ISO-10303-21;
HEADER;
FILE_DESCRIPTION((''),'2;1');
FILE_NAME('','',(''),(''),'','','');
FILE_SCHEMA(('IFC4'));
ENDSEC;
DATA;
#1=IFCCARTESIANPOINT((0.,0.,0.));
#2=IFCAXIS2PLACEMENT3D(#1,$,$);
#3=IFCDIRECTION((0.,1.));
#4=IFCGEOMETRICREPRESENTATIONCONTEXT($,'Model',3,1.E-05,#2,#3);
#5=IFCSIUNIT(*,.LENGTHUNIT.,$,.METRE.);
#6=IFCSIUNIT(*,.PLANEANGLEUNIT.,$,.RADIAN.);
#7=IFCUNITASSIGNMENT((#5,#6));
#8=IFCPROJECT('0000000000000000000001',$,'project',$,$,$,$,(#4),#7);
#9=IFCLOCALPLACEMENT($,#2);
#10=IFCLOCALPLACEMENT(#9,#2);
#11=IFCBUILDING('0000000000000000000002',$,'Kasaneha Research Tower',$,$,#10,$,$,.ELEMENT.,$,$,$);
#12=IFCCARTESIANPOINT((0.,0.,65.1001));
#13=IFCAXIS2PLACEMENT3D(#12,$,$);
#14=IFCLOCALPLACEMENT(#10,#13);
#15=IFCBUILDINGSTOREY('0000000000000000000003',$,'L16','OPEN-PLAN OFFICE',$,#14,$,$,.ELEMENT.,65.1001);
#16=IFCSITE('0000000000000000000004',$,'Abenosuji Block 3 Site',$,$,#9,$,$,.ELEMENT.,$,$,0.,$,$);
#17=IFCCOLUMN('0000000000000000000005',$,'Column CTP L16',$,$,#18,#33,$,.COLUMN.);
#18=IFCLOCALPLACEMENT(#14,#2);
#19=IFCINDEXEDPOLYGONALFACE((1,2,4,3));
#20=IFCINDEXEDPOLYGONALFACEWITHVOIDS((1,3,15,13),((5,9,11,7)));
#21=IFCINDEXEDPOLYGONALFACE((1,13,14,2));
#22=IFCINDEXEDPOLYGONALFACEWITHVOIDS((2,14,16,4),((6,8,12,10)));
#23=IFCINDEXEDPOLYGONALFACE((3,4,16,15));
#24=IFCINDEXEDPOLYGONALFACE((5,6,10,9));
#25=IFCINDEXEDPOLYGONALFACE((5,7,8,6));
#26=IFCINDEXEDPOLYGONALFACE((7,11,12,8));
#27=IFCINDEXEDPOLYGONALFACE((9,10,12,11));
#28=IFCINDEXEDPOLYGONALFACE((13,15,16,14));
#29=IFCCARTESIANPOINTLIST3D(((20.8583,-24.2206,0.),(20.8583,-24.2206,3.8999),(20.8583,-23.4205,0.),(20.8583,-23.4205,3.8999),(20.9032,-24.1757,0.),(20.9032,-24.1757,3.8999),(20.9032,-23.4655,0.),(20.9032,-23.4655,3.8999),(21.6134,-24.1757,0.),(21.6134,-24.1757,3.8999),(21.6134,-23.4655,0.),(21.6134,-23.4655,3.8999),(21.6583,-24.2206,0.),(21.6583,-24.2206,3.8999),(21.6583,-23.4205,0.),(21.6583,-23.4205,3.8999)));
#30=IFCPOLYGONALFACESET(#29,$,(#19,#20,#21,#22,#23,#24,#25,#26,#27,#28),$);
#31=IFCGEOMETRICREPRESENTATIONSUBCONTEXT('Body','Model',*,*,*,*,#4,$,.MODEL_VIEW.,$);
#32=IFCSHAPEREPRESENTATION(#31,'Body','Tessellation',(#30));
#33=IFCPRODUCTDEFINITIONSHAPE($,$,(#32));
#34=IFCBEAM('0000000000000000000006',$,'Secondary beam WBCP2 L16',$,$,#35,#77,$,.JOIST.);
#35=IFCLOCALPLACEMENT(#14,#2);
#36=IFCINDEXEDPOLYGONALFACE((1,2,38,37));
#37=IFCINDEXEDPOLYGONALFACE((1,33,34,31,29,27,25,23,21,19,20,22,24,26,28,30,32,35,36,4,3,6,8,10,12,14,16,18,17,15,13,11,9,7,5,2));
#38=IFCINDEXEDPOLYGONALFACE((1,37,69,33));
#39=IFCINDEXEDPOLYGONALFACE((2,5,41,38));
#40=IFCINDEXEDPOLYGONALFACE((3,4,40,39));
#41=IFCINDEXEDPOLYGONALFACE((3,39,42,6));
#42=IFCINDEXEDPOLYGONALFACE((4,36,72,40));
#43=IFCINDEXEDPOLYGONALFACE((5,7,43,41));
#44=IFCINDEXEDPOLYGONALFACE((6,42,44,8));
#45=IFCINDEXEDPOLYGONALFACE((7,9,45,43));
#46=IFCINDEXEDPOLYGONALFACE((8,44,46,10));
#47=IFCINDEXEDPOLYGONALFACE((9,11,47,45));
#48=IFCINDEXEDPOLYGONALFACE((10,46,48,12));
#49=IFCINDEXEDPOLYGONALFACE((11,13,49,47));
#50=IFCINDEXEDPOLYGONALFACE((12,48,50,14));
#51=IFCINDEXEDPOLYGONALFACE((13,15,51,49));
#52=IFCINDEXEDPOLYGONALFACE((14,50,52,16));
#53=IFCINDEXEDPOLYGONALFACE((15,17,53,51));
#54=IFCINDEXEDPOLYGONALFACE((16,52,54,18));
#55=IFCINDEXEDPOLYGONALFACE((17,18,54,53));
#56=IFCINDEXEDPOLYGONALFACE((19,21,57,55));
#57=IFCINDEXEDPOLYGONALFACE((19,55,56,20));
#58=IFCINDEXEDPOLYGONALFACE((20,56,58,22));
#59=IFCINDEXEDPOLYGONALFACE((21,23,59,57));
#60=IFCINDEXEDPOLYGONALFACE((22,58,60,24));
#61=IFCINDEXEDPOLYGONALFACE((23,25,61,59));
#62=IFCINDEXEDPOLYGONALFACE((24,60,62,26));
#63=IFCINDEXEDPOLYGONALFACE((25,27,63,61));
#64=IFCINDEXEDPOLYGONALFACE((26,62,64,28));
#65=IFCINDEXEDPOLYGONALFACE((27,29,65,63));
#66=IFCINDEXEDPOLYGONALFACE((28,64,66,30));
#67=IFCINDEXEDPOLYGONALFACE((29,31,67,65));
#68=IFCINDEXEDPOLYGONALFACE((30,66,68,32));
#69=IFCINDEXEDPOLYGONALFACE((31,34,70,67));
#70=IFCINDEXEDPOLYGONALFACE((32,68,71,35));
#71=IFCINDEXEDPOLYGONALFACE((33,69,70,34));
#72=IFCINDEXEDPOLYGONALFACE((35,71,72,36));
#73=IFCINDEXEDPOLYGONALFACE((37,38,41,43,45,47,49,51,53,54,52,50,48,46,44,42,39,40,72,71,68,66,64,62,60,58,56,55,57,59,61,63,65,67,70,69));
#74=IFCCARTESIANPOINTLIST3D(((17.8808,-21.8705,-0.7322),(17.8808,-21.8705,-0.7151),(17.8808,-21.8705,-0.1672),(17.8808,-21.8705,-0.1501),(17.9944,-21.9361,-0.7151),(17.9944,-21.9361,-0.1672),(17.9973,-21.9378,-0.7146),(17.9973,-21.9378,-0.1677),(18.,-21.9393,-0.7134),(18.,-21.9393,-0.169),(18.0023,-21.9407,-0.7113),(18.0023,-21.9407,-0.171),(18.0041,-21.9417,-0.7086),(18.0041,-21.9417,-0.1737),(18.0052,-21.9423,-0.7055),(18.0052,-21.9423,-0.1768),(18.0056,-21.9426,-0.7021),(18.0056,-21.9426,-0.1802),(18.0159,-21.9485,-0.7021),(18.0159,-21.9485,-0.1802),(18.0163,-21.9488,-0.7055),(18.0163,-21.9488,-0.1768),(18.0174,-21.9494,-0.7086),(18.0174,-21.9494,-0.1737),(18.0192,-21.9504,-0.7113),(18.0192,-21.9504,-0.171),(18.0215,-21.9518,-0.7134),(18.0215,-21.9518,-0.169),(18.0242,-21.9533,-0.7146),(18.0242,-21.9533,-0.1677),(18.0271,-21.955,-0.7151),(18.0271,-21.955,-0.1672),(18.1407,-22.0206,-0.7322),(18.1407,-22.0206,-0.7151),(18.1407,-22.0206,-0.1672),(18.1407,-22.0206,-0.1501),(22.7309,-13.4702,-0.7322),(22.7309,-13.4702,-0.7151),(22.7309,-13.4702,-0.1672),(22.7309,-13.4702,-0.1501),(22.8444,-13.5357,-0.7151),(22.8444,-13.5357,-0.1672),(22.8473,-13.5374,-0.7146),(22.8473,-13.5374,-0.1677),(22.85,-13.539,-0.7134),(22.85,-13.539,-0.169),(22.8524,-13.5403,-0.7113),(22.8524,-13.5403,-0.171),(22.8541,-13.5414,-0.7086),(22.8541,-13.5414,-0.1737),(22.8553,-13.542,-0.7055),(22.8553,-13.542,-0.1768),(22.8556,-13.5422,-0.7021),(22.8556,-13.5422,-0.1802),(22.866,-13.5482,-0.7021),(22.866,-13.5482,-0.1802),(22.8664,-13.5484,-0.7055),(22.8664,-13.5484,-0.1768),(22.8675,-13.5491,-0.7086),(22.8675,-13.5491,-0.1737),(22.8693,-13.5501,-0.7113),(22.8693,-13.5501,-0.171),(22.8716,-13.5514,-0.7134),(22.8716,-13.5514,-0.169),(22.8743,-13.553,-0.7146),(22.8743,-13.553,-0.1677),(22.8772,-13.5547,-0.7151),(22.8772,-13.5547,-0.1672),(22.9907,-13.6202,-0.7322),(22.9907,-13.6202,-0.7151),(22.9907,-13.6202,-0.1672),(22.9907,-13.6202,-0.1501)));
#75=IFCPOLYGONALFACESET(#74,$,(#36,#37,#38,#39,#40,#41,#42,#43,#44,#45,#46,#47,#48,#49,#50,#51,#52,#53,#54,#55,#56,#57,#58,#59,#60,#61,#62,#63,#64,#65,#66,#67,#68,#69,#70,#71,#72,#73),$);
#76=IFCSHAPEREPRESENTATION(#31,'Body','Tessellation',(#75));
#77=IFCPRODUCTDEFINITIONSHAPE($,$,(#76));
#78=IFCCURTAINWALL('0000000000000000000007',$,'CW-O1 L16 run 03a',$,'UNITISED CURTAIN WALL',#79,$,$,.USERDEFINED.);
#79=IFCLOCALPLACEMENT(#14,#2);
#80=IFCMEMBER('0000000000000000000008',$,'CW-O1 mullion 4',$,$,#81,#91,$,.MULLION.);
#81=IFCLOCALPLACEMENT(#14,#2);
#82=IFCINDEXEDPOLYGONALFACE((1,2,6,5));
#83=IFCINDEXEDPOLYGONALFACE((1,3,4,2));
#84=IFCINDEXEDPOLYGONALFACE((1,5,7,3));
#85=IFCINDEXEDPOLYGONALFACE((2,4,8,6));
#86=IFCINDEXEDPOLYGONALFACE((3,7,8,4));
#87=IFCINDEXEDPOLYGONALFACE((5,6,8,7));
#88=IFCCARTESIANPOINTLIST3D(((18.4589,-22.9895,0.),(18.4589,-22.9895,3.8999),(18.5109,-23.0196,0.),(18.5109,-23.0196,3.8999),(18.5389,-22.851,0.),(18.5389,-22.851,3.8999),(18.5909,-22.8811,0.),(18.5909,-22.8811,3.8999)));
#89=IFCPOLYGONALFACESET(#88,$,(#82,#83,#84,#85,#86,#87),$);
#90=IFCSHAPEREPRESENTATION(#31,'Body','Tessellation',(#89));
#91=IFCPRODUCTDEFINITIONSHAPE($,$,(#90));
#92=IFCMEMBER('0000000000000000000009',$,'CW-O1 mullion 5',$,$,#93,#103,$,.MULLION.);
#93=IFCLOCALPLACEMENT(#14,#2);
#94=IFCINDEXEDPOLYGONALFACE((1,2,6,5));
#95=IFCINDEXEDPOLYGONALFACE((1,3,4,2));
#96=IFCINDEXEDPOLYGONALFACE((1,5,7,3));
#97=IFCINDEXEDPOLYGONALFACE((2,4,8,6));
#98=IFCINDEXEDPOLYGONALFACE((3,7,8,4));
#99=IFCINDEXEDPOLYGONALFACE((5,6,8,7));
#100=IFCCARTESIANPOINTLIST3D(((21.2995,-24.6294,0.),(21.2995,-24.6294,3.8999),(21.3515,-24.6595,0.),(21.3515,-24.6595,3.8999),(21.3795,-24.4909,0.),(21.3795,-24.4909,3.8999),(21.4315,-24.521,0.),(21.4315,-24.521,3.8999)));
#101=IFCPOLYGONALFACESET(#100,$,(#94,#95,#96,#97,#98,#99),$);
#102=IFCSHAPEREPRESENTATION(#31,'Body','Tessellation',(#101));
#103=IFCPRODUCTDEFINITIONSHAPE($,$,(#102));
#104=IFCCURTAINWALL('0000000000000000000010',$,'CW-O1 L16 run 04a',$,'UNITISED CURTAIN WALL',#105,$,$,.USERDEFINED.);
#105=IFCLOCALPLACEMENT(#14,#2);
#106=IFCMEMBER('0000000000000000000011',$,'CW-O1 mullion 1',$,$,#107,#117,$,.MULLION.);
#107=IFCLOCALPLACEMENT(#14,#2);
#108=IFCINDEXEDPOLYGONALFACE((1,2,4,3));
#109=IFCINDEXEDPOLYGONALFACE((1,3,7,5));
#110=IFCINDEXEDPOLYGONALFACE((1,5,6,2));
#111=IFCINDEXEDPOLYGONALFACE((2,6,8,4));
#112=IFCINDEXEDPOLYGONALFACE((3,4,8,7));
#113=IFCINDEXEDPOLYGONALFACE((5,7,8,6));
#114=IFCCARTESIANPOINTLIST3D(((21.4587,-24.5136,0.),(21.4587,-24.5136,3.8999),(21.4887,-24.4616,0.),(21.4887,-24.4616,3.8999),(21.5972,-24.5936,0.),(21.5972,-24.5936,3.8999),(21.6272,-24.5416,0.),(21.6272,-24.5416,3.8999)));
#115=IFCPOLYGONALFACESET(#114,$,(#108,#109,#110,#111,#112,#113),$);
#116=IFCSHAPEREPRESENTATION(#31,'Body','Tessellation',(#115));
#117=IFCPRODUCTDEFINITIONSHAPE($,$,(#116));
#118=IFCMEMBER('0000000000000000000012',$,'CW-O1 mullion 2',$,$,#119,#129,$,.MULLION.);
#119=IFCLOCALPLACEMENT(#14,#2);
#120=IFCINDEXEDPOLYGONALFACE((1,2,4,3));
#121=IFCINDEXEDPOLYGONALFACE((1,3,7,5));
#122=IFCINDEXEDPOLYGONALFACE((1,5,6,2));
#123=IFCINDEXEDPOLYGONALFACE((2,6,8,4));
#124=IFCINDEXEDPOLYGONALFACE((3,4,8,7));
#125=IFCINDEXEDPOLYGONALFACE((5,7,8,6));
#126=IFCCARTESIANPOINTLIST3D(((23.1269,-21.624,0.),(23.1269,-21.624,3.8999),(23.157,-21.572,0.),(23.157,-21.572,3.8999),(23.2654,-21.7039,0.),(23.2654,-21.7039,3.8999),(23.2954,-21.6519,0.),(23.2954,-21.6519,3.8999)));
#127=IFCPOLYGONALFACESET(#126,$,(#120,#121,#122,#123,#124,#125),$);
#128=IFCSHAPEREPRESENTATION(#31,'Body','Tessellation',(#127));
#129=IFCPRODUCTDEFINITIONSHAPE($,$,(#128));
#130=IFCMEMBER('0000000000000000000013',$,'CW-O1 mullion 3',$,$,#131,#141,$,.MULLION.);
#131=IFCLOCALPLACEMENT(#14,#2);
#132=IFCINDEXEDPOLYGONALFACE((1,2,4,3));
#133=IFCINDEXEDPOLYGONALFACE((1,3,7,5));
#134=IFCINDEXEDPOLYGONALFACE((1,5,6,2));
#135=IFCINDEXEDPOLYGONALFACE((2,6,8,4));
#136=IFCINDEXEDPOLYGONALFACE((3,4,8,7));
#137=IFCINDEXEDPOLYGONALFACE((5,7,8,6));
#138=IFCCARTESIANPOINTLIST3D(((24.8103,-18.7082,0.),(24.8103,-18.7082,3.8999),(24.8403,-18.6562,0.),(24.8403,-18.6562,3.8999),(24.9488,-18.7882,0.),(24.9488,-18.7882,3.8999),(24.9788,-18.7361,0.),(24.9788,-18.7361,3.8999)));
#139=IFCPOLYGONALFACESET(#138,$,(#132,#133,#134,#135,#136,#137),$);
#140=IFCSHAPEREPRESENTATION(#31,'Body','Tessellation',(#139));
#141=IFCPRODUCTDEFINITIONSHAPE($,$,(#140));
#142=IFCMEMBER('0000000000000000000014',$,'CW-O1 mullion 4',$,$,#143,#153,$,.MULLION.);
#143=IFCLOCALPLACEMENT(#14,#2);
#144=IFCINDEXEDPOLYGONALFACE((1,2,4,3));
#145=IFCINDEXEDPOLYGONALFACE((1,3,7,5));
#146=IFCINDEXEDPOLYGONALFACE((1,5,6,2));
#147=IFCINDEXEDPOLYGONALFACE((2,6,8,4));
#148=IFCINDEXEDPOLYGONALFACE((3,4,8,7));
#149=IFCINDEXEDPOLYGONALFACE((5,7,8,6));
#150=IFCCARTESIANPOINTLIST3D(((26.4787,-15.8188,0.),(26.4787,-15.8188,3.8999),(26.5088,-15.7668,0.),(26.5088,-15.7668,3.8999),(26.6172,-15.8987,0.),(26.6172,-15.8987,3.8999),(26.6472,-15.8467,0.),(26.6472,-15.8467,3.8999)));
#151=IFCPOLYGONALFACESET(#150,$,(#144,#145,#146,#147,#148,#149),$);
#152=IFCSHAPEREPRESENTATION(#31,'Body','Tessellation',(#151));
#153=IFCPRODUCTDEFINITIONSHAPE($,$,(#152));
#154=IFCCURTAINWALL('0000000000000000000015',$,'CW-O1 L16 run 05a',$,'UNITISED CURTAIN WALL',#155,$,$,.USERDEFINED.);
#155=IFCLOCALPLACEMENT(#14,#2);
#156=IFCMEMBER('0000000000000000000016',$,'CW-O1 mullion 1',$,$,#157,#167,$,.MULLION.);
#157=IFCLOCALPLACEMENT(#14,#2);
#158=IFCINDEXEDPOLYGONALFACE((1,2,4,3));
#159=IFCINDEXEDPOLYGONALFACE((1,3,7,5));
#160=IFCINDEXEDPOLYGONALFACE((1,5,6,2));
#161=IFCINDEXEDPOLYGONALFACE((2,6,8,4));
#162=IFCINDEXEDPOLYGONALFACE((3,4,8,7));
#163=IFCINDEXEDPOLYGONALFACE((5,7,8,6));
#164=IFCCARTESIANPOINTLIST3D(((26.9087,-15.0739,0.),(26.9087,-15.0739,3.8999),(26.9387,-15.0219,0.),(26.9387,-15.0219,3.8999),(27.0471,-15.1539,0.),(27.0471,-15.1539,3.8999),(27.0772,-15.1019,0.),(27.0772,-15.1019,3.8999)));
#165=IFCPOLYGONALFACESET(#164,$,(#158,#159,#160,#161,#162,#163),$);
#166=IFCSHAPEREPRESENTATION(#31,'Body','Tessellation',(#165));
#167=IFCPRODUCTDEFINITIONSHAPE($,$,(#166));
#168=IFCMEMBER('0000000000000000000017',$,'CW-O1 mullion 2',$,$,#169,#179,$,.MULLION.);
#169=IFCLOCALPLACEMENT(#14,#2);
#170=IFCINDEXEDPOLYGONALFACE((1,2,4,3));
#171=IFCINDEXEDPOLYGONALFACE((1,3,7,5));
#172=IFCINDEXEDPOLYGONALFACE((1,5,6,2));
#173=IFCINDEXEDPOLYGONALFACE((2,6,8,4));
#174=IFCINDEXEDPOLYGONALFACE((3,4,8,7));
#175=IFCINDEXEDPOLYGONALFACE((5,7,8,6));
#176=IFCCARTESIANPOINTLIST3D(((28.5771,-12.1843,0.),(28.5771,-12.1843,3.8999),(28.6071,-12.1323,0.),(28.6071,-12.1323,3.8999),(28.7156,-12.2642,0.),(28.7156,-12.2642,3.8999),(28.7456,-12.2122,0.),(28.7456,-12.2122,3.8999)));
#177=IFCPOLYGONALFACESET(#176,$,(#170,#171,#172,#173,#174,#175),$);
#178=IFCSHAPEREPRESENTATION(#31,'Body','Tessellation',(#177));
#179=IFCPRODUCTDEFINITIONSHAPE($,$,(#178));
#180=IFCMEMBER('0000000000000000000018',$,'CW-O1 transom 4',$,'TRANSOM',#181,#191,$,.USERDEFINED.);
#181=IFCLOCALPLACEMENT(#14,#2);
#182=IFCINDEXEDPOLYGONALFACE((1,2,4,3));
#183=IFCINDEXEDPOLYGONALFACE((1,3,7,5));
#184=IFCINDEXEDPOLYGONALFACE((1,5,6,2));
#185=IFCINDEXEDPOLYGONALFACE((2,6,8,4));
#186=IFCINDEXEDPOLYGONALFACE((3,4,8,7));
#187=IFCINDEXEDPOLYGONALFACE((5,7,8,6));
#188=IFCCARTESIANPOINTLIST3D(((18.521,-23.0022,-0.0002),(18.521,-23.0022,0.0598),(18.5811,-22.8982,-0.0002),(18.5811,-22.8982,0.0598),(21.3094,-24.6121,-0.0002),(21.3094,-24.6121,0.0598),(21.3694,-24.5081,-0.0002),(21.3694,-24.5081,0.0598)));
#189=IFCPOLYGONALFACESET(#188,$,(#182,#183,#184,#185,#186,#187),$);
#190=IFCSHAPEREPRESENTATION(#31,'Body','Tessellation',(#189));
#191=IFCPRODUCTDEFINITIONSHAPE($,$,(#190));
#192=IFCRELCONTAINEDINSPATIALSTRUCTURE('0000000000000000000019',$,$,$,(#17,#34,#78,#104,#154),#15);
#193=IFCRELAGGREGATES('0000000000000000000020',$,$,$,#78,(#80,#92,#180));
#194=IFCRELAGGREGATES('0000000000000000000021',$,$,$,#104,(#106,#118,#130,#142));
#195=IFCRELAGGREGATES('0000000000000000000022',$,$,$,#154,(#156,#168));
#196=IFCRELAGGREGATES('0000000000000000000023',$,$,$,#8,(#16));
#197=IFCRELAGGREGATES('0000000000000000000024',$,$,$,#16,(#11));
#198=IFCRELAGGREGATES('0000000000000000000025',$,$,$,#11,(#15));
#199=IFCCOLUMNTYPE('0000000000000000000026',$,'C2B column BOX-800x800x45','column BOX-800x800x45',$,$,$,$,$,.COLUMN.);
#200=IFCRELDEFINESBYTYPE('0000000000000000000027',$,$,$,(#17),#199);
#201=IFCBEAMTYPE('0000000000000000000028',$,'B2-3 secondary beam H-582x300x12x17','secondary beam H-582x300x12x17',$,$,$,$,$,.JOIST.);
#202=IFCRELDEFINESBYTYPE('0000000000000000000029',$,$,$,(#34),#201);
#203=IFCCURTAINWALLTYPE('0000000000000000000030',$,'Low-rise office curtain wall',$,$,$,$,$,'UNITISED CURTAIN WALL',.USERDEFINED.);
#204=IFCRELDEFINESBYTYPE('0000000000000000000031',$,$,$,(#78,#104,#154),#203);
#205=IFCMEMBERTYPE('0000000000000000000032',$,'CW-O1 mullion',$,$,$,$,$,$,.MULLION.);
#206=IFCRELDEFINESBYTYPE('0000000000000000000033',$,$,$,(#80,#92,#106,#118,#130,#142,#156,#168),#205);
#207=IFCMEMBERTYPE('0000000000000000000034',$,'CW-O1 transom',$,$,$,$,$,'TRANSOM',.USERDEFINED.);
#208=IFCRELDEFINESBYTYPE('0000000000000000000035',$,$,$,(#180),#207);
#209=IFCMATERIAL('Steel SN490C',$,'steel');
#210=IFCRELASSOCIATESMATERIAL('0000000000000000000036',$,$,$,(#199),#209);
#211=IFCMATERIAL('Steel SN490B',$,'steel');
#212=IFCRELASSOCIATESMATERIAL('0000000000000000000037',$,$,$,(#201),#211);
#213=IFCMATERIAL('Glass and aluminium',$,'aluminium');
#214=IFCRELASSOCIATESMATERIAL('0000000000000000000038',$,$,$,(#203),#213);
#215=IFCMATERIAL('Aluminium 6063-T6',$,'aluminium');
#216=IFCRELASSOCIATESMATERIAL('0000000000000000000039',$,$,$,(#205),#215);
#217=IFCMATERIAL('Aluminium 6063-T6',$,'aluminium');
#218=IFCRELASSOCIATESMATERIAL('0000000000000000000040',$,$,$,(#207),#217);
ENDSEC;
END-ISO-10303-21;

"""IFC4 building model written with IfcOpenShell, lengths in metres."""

from ifc_helpers import new_model, si_unit, direction, frame, origin, origin_2d, place, context, subcontext, project, spatial, rectangle, hollow_rectangle, i_section, extrude, material, material_profile, profile_set, type_object, element, aggregate, save


model = new_model("IFC4")

# Units and contexts
model_context = context("Model", 3, precision=1e-05, world=origin(), true_north=direction((0.0, 1.0)))
body_context = subcontext(model_context, "Body", "Model", "MODEL_VIEW")
ifc_project = project(units=[si_unit("LENGTHUNIT", "METRE"), si_unit("PLANEANGLEUNIT", "RADIAN")], contexts=[model_context])

# Site, building, storey
site_placement = place(None, origin())
site = spatial("IfcSite", under=ifc_project, at=site_placement, Name="Abenosuji Block 3 Site", CompositionType="ELEMENT", RefElevation=0.0)
building_placement = place(site_placement, origin())
building = spatial("IfcBuilding", under=site, at=building_placement, Name="Kasaneha Research Tower", CompositionType="ELEMENT")
storey_placement = place(building_placement, frame((0.0, 0.0, 65.1001)))
storey = spatial("IfcBuildingStorey", under=building, at=storey_placement, Name="L16", Description="OPEN-PLAN OFFICE", CompositionType="ELEMENT", Elevation=65.1001)

# Column
ifc_material_1 = material(Name="Steel SN490C", Category="steel")
ifc_material_profile_1 = material_profile(ifc_material_1, hollow_rectangle(XDim=0.8, YDim=0.8, WallThickness=0.0449, at=origin_2d()), Name="BOX-800x800x45")
ifc_profile_set_1 = profile_set([ifc_material_profile_1], Name="Steel SN490C")
column_type = type_object("IfcColumnType", Name="C2B column BOX-800x800x45", Description="column BOX-800x800x45", PredefinedType="COLUMN", material=ifc_profile_set_1)
column_placement = place(storey_placement, frame((21.2583, -23.8206, 0.0), z_axis=(0.0, 0.0, 1.0), x_axis=(1.0, 0.0, 0.0)))
element("IfcColumn", 1, at=column_placement, inside=storey, type_object=column_type, Name="Column CTP L16", PredefinedType="COLUMN", context=body_context, shape_type="SweptSolid", body=[
    extrude(hollow_rectangle(XDim=0.8, YDim=0.8, WallThickness=0.0449, at=origin_2d()), origin(), (0.0, 0.0, 1.0), 3.8999),
])

# Beam
ifc_material_2 = material(Name="Steel SN490B", Category="steel")
ifc_material_profile_2 = material_profile(ifc_material_2, i_section(OverallWidth=0.3, OverallDepth=0.582, WebThickness=0.012, FlangeThickness=0.0171, FilletRadius=0.0129, at=origin_2d()), Name="H-582x300x12x17")
ifc_profile_set_2 = profile_set([ifc_material_profile_2], Name="Steel SN490B")
beam_type_1 = type_object("IfcBeamType", Name="B2-3 secondary beam H-582x300x12x17", Description="secondary beam H-582x300x12x17", PredefinedType="JOIST", material=ifc_profile_set_2)
beam_1_placement = place(storey_placement, frame((18.0107, -21.9456, -0.4412), z_axis=(0.50001, 0.86602, 0.0), x_axis=(-0.86602, 0.50001, 0.0)))
element("IfcBeam", 2, at=beam_1_placement, inside=storey, type_object=beam_type_1, Name="Secondary beam WBCP2 L16", PredefinedType="JOIST", context=body_context, shape_type="SweptSolid", body=[
    extrude(i_section(OverallWidth=0.3, OverallDepth=0.582, WebThickness=0.012, FlangeThickness=0.0171, FilletRadius=0.0129, at=origin_2d()), origin(), (0.0, 0.0, 1.0), 9.7),
])

# Curtain walls, members
ifc_material_3 = material(Name="Glass and aluminium", Category="aluminium")
curtain_wall_type = type_object("IfcCurtainWallType", Name="Low-rise office curtain wall", ElementType="UNITISED CURTAIN WALL", PredefinedType="USERDEFINED", material=ifc_material_3)
curtain_wall_1_placement = place(storey_placement, origin())
curtain_wall_1 = element("IfcCurtainWall", 3, at=curtain_wall_1_placement, inside=storey, type_object=curtain_wall_type, Name="CW-O1 L16 run 03a", ObjectType="UNITISED CURTAIN WALL", PredefinedType="USERDEFINED")
ifc_material_4 = material(Name="Aluminium 6063-T6", Category="aluminium")
ifc_material_profile_3 = material_profile(ifc_material_4, rectangle(XDim=0.0601, YDim=0.1599, at=origin_2d()), Name="CW-O1 mullion 60x160")
ifc_profile_set_3 = profile_set([ifc_material_profile_3], Name="Aluminium 6063-T6")
member_type_1 = type_object("IfcMemberType", Name="CW-O1 mullion", PredefinedType="MULLION", material=ifc_profile_set_3)
member_1_placement = place(storey_placement, frame((18.5249, -22.9353, 0.0), z_axis=(0.0, 0.0, 1.0), x_axis=(0.866025, -0.5, 0.0)))
member_1 = element("IfcMember", 4, at=member_1_placement, type_object=member_type_1, Name="CW-O1 mullion 4", PredefinedType="MULLION", context=body_context, shape_type="SweptSolid", body=[
    extrude(rectangle(XDim=0.0601, YDim=0.1599, at=origin_2d()), origin(), (0.0, 0.0, 1.0), 3.8999),
])
member_2_placement = place(storey_placement, frame((21.3655, -24.5752, 0.0), z_axis=(0.0, 0.0, 1.0), x_axis=(0.866025, -0.5, 0.0)))
member_2 = element("IfcMember", 5, at=member_2_placement, type_object=member_type_1, Name="CW-O1 mullion 5", PredefinedType="MULLION", context=body_context, shape_type="SweptSolid", body=[
    extrude(rectangle(XDim=0.0601, YDim=0.1599, at=origin_2d()), origin(), (0.0, 0.0, 1.0), 3.8999),
])
curtain_wall_2_placement = place(storey_placement, origin())
curtain_wall_2 = element("IfcCurtainWall", 6, at=curtain_wall_2_placement, inside=storey, type_object=curtain_wall_type, Name="CW-O1 L16 run 04a", ObjectType="UNITISED CURTAIN WALL", PredefinedType="USERDEFINED")
member_3_placement = place(storey_placement, frame((21.543, -24.5276, 0.0), z_axis=(0.0, 0.0, 1.0), x_axis=(0.5, 0.866025, 0.0)))
member_3 = element("IfcMember", 7, at=member_3_placement, type_object=member_type_1, Name="CW-O1 mullion 1", PredefinedType="MULLION", context=body_context, shape_type="SweptSolid", body=[
    extrude(rectangle(XDim=0.0601, YDim=0.1599, at=origin_2d()), origin(), (0.0, 0.0, 1.0), 3.8999),
])
member_4_placement = place(storey_placement, frame((23.2112, -21.6379, 0.0), z_axis=(0.0, 0.0, 1.0), x_axis=(0.5, 0.866025, 0.0)))
member_4 = element("IfcMember", 8, at=member_4_placement, type_object=member_type_1, Name="CW-O1 mullion 2", PredefinedType="MULLION", context=body_context, shape_type="SweptSolid", body=[
    extrude(rectangle(XDim=0.0601, YDim=0.1599, at=origin_2d()), origin(), (0.0, 0.0, 1.0), 3.8999),
])
member_5_placement = place(storey_placement, frame((24.8945, -18.7222, 0.0), z_axis=(0.0, 0.0, 1.0), x_axis=(0.5, 0.866025, 0.0)))
member_5 = element("IfcMember", 9, at=member_5_placement, type_object=member_type_1, Name="CW-O1 mullion 3", PredefinedType="MULLION", context=body_context, shape_type="SweptSolid", body=[
    extrude(rectangle(XDim=0.0601, YDim=0.1599, at=origin_2d()), origin(), (0.0, 0.0, 1.0), 3.8999),
])
member_6_placement = place(storey_placement, frame((26.563, -15.8328, 0.0), z_axis=(0.0, 0.0, 1.0), x_axis=(0.5, 0.866025, 0.0)))
member_6 = element("IfcMember", 10, at=member_6_placement, type_object=member_type_1, Name="CW-O1 mullion 4", PredefinedType="MULLION", context=body_context, shape_type="SweptSolid", body=[
    extrude(rectangle(XDim=0.0601, YDim=0.1599, at=origin_2d()), origin(), (0.0, 0.0, 1.0), 3.8999),
])
curtain_wall_3_placement = place(storey_placement, origin())
curtain_wall_3 = element("IfcCurtainWall", 11, at=curtain_wall_3_placement, inside=storey, type_object=curtain_wall_type, Name="CW-O1 L16 run 05a", ObjectType="UNITISED CURTAIN WALL", PredefinedType="USERDEFINED")
member_7_placement = place(storey_placement, frame((26.9929, -15.0879, 0.0), z_axis=(0.0, 0.0, 1.0), x_axis=(0.5, 0.866025, 0.0)))
member_7 = element("IfcMember", 12, at=member_7_placement, type_object=member_type_1, Name="CW-O1 mullion 1", PredefinedType="MULLION", context=body_context, shape_type="SweptSolid", body=[
    extrude(rectangle(XDim=0.0601, YDim=0.1599, at=origin_2d()), origin(), (0.0, 0.0, 1.0), 3.8999),
])
member_8_placement = place(storey_placement, frame((28.6614, -12.1982, 0.0), z_axis=(0.0, 0.0, 1.0), x_axis=(0.5, 0.866025, 0.0)))
member_8 = element("IfcMember", 13, at=member_8_placement, type_object=member_type_1, Name="CW-O1 mullion 2", PredefinedType="MULLION", context=body_context, shape_type="SweptSolid", body=[
    extrude(rectangle(XDim=0.0601, YDim=0.1599, at=origin_2d()), origin(), (0.0, 0.0, 1.0), 3.8999),
])

# Member
ifc_material_5 = material(Name="Aluminium 6063-T6", Category="aluminium")
ifc_material_profile_4 = material_profile(ifc_material_5, rectangle(XDim=0.1201, YDim=0.0601, at=origin_2d()), Name="CW-O1 transom 120x60")
ifc_profile_set_4 = profile_set([ifc_material_profile_4], Name="Aluminium 6063-T6")
member_type_2 = type_object("IfcMemberType", Name="CW-O1 transom", ElementType="TRANSOM", PredefinedType="USERDEFINED", material=ifc_profile_set_4)
member_9_placement = place(storey_placement, frame((18.551, -22.9502, 0.0298), z_axis=(0.866023, -0.500005, 0.0), x_axis=(0.500005, 0.866023, 0.0)))
member_9 = element("IfcMember", 14, at=member_9_placement, type_object=member_type_2, Name="CW-O1 transom 4", ObjectType="TRANSOM", PredefinedType="USERDEFINED", context=body_context, shape_type="SweptSolid", body=[
    extrude(rectangle(XDim=0.1201, YDim=0.0601, at=origin_2d()), origin(), (0.0, 0.0, 1.0), 3.2197),
])

aggregate(curtain_wall_1, [member_1, member_2, member_9])
aggregate(curtain_wall_2, [member_3, member_4, member_5, member_6])
aggregate(curtain_wall_3, [member_7, member_8])

save(model, "model.ifc")
